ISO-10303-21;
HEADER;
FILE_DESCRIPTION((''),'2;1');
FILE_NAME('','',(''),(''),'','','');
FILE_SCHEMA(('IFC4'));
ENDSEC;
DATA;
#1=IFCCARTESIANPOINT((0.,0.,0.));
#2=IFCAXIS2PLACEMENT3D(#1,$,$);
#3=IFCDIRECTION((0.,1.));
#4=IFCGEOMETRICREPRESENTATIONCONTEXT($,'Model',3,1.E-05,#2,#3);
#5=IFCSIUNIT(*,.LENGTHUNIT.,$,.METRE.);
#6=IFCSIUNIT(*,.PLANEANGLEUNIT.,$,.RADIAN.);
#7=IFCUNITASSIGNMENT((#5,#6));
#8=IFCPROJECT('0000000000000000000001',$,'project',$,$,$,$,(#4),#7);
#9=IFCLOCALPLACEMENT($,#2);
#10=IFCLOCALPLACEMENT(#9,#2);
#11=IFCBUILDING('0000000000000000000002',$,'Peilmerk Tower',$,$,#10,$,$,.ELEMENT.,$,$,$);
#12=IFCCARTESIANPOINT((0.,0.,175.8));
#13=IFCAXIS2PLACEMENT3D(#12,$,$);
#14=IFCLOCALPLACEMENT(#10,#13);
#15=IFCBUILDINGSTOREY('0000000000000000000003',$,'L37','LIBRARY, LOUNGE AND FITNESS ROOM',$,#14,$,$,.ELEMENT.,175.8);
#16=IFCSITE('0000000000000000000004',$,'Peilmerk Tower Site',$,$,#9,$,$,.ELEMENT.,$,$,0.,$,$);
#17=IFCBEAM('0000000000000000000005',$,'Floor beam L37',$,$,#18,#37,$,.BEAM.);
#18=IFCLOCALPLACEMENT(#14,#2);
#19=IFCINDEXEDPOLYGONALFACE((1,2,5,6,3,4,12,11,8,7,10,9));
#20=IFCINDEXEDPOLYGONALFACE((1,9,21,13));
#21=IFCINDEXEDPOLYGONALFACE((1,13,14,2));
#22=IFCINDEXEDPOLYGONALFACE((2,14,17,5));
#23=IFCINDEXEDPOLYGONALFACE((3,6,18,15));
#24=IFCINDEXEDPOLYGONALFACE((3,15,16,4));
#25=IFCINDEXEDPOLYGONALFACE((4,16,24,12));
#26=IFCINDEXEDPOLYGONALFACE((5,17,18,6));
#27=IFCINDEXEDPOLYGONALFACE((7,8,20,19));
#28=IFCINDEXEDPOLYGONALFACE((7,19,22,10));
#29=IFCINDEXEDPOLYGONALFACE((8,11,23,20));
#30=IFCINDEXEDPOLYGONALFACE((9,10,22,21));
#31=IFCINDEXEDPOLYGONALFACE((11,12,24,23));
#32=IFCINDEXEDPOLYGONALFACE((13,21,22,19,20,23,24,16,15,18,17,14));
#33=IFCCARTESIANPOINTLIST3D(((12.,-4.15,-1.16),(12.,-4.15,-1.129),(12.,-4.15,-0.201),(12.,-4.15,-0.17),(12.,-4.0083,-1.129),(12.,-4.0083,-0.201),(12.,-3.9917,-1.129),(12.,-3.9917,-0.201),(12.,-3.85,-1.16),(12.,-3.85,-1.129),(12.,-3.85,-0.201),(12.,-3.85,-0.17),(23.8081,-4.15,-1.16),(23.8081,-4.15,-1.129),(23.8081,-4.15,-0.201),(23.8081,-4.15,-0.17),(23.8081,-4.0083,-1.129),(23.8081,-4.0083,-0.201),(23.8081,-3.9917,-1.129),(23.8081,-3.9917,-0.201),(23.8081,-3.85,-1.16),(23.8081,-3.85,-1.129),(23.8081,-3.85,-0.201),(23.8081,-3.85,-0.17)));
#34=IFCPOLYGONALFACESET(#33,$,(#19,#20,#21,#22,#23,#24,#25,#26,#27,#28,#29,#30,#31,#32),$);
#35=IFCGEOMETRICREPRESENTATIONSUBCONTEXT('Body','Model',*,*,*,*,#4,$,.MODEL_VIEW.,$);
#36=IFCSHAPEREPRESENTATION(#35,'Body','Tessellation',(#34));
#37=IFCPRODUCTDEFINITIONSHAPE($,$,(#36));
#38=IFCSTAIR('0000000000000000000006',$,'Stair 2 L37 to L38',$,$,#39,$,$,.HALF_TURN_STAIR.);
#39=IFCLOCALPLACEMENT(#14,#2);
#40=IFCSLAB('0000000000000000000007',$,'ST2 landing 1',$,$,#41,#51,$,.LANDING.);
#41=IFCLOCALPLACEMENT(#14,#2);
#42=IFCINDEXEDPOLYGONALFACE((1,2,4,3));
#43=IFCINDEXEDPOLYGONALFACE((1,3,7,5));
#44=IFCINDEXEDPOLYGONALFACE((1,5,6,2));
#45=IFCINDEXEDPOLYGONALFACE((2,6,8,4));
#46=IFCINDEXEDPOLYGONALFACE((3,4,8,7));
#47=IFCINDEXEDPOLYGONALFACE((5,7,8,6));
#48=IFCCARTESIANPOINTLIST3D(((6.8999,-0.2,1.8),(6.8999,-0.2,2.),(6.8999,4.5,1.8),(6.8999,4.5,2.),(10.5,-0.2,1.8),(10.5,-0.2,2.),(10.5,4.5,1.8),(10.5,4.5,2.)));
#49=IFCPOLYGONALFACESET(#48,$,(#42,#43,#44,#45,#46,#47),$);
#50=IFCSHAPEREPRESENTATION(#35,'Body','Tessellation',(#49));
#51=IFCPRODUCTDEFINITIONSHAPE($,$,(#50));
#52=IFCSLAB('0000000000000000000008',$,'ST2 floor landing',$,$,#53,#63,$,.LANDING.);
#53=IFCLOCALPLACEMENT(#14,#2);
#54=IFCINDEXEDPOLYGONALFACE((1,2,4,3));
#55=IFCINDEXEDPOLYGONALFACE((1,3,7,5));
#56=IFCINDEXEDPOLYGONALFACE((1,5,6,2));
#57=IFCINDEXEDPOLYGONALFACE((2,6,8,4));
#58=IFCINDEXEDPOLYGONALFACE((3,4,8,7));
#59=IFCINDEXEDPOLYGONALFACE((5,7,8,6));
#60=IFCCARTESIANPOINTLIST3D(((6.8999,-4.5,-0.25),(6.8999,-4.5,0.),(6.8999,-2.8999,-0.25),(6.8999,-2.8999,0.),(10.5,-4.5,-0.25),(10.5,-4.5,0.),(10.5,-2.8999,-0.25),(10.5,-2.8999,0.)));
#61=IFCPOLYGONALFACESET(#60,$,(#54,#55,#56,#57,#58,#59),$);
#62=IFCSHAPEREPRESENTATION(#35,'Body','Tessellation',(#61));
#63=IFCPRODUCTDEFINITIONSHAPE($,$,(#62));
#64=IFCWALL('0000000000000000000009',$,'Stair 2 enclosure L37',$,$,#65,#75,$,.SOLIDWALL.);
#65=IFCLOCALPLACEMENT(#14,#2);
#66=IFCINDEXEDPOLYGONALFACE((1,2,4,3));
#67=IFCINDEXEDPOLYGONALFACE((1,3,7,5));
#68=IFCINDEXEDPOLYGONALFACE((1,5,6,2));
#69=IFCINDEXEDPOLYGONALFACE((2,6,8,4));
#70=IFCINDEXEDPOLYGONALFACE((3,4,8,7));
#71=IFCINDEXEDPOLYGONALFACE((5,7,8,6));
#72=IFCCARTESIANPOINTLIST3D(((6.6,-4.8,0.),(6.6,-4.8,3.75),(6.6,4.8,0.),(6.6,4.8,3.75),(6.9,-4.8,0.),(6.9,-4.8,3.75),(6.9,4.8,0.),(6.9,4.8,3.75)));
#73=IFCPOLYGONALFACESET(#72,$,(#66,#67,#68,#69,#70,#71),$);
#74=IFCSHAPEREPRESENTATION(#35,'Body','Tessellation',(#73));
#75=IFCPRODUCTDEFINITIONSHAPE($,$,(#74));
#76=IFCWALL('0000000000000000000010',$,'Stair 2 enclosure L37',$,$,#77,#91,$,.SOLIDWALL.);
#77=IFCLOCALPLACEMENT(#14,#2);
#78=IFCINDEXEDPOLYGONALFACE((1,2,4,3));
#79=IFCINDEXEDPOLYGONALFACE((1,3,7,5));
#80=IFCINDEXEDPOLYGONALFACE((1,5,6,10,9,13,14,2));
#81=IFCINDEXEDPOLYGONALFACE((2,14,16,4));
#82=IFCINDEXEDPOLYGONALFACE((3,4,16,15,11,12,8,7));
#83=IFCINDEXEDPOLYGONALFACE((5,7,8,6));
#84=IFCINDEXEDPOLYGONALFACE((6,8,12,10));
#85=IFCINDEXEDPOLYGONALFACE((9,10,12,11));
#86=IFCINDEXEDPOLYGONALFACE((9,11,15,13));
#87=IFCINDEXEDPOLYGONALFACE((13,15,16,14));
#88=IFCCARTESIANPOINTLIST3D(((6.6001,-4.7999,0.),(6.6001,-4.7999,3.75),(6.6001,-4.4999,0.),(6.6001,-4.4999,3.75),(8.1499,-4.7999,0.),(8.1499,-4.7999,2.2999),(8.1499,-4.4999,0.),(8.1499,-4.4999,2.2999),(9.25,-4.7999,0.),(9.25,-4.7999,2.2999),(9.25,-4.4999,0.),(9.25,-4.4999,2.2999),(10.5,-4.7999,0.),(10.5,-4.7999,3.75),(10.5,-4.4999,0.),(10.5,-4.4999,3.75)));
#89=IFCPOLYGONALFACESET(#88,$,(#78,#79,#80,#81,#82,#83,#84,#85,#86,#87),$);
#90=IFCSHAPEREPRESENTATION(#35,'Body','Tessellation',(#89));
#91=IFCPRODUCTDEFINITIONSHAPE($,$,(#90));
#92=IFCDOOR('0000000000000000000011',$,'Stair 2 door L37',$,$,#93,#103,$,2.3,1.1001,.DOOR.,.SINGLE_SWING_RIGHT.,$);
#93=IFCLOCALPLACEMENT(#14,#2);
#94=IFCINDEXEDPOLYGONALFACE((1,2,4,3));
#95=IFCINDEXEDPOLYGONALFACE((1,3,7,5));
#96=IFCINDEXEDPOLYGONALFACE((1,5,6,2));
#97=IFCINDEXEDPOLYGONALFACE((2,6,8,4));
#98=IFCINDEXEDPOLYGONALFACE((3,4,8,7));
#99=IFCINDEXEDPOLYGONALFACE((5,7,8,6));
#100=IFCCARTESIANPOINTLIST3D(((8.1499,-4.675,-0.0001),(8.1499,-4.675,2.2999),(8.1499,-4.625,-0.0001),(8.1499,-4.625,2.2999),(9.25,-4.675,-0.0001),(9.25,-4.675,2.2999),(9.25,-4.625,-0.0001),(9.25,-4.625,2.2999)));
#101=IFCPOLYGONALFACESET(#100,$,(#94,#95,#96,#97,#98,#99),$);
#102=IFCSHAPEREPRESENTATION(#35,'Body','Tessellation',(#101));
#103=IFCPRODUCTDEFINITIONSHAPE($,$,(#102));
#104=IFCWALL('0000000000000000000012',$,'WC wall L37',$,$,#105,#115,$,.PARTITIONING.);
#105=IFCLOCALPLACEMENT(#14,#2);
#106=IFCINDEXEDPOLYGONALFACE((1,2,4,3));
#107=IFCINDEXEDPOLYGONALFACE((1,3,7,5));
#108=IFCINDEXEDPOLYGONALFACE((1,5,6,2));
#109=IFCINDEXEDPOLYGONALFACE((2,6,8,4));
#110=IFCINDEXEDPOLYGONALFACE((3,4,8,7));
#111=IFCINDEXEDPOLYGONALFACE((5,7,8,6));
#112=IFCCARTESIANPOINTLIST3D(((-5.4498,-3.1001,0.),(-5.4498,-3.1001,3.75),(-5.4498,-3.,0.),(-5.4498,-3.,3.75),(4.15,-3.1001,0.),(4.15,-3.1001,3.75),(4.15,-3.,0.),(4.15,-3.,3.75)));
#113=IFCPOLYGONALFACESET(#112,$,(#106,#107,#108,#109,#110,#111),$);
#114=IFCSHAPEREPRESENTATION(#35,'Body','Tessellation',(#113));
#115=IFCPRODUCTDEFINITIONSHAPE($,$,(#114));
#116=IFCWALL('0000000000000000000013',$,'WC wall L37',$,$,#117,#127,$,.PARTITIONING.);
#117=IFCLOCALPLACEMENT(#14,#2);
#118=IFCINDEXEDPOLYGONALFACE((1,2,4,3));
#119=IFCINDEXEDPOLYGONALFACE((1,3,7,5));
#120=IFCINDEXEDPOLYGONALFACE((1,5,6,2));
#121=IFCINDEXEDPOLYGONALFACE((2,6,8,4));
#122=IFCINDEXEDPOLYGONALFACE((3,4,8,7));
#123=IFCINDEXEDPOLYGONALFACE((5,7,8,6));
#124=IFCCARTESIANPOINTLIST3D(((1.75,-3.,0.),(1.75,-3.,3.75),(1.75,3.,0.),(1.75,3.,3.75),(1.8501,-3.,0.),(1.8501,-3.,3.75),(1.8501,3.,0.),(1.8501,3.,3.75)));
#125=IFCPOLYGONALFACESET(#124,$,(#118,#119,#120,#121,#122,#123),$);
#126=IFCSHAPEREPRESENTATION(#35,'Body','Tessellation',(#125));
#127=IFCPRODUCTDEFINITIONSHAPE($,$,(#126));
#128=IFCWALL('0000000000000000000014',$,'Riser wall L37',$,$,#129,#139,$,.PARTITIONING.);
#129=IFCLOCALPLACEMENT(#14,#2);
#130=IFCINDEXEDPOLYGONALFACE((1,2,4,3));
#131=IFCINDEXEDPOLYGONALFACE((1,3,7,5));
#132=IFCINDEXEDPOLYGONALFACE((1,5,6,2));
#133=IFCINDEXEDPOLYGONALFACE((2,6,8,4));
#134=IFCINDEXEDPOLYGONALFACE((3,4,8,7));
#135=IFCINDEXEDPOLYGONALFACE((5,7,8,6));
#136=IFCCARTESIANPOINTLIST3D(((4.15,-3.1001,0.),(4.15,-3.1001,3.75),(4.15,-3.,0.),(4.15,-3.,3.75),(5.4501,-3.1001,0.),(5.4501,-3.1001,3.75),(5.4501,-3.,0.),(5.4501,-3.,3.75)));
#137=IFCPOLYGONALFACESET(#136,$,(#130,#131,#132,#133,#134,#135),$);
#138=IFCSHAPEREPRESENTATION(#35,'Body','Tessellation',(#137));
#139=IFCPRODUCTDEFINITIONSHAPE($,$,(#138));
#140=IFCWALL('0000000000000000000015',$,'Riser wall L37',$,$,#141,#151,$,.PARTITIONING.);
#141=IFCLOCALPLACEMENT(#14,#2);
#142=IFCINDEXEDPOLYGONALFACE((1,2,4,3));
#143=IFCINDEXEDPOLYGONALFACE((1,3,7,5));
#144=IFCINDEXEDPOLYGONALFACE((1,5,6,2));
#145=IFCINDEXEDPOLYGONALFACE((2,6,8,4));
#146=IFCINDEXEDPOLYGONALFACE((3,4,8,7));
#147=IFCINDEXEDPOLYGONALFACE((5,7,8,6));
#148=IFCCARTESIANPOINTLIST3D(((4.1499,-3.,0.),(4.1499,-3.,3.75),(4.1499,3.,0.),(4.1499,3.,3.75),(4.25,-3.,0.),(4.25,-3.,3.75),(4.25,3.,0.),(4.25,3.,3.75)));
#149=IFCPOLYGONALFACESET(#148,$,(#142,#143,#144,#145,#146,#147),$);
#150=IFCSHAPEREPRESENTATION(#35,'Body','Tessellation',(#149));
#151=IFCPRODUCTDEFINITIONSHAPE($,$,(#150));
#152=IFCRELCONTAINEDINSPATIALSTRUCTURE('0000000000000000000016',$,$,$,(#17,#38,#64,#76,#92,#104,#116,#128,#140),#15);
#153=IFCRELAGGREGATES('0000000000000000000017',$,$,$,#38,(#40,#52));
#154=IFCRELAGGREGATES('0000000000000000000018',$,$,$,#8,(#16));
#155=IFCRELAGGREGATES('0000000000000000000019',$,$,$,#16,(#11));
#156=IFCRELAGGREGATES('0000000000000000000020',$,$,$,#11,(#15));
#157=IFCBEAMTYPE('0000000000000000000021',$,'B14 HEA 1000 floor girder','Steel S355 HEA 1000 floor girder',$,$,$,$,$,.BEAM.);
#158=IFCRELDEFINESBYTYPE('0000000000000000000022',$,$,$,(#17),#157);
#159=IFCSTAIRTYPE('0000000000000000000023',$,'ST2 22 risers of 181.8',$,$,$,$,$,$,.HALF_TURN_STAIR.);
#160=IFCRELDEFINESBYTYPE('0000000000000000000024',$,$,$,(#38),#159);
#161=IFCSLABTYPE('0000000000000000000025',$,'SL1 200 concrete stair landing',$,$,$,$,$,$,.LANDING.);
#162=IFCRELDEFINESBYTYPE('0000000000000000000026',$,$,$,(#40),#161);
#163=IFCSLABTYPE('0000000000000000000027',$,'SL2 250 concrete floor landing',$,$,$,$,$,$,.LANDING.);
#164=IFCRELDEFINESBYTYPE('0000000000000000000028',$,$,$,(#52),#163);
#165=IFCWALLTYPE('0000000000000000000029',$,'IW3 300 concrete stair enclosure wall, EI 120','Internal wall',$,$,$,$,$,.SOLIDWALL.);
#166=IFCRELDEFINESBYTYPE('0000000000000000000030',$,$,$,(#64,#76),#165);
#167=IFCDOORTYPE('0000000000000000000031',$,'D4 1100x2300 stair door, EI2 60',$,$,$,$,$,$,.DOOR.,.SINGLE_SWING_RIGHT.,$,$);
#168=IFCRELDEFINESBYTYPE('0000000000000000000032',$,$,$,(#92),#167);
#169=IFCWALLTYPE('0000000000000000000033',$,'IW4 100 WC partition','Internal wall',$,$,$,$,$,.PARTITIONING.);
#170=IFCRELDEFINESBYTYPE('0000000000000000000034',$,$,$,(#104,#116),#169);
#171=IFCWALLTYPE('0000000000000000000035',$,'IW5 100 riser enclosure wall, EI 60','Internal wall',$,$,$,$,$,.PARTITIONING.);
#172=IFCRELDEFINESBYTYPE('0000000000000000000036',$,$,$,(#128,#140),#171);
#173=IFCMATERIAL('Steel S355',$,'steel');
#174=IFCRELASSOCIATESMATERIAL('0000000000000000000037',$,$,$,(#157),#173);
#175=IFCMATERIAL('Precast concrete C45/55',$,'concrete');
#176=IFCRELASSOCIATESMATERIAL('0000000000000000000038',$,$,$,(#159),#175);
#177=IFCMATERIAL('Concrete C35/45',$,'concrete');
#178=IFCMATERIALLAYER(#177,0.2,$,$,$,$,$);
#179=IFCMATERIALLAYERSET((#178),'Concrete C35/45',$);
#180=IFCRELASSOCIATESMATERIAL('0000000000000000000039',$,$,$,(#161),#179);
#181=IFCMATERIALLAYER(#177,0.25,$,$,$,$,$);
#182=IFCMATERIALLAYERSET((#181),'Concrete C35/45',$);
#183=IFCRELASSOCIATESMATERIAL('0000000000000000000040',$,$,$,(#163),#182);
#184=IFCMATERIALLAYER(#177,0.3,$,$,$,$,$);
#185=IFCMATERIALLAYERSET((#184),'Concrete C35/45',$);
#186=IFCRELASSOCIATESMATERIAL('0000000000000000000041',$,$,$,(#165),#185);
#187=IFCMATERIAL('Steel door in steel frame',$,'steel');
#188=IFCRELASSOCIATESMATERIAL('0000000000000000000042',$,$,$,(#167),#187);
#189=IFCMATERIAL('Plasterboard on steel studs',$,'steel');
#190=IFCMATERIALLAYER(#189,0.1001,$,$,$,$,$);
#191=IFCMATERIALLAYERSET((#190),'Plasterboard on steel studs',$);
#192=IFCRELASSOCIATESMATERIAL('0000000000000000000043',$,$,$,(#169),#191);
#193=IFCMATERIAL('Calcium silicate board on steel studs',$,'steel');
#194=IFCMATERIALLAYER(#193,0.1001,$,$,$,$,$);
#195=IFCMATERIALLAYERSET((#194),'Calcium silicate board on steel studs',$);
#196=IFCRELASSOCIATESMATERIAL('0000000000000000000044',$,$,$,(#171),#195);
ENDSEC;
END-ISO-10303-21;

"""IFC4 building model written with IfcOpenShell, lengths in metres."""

from ifc_helpers import new_model, si_unit, direction, frame, frame_2d, origin, origin_2d, place, context, subcontext, project, spatial, polyline, rectangle, i_section, outline, extrude, material, layer, layer_set, material_profile, profile_set, type_object, element, fill, aggregate, save


model = new_model("IFC4")

# Units and contexts
model_context = context("Model", 3, precision=1e-05, world=origin(), true_north=direction((0.0, 1.0)))
body_context = subcontext(model_context, "Body", "Model", "MODEL_VIEW")
ifc_project = project(units=[si_unit("LENGTHUNIT", "METRE"), si_unit("PLANEANGLEUNIT", "RADIAN")], contexts=[model_context])

# Site, building, storey
site_placement = place(None, origin())
site = spatial("IfcSite", under=ifc_project, at=site_placement, Name="Peilmerk Tower Site", CompositionType="ELEMENT", RefElevation=0.0)
building_placement = place(site_placement, origin())
building = spatial("IfcBuilding", under=site, at=building_placement, Name="Peilmerk Tower", CompositionType="ELEMENT")
storey_placement = place(building_placement, frame((0.0, 0.0, 175.8)))
storey = spatial("IfcBuildingStorey", under=building, at=storey_placement, Name="L37", Description="LIBRARY, LOUNGE AND FITNESS ROOM", CompositionType="ELEMENT", Elevation=175.8)

# Beam
ifc_material_1 = material(Name="Steel S355", Category="steel")
ifc_material_profile = material_profile(ifc_material_1, i_section(OverallWidth=0.3, OverallDepth=0.99, WebThickness=0.0166, FlangeThickness=0.031, at=origin_2d()), Name="HEA 1000")
ifc_profile_set = profile_set([ifc_material_profile], Name="Steel S355")
beam_type = type_object("IfcBeamType", Name="B14 HEA 1000 floor girder", Description="Steel S355 HEA 1000 floor girder", PredefinedType="BEAM", material=ifc_profile_set)
beam_placement = place(storey_placement, frame((12.0, -4.0, -0.665), z_axis=(1.0, 0.0, 0.0), x_axis=(0.0, 1.0, 0.0)))
element("IfcBeam", 1, at=beam_placement, inside=storey, type_object=beam_type, Name="Floor beam L37", PredefinedType="BEAM", context=body_context, shape_type="SweptSolid", body=[
    extrude(i_section(OverallWidth=0.3, OverallDepth=0.99, WebThickness=0.0166, FlangeThickness=0.031, at=origin_2d()), origin(), (0.0, 0.0, 1.0), 11.8081),
])

# Stair, slabs
ifc_material_2 = material(Name="Precast concrete C45/55", Category="concrete")
stair_type = type_object("IfcStairType", Name="ST2 22 risers of 181.8", PredefinedType="HALF_TURN_STAIR", material=ifc_material_2)
stair_placement = place(storey_placement, origin())
stair = element("IfcStair", 2, at=stair_placement, inside=storey, type_object=stair_type, Name="Stair 2 L37 to L38", PredefinedType="HALF_TURN_STAIR")
ifc_material_3 = material(Name="Concrete C35/45", Category="concrete")
ifc_layer_1 = layer(ifc_material_3, 0.2)
ifc_layer_set_1 = layer_set([ifc_layer_1], Name="Concrete C35/45")
slab_type_1 = type_object("IfcSlabType", Name="SL1 200 concrete stair landing", PredefinedType="LANDING", material=ifc_layer_set_1)
slab_1_placement = place(storey_placement, frame((0.0, 0.0, 1.8)))
slab_1 = element("IfcSlab", 3, at=slab_1_placement, type_object=slab_type_1, Name="ST2 landing 1", PredefinedType="LANDING", context=body_context, shape_type="SweptSolid", body=[
    extrude(outline(polyline([(6.8999, -0.2), (10.5, -0.2), (10.5, 4.5), (6.8999, 4.5), (6.8999, -0.2)])), origin(), (0.0, 0.0, 1.0), 0.2),
])
ifc_layer_2 = layer(ifc_material_3, 0.25)
ifc_layer_set_2 = layer_set([ifc_layer_2], Name="Concrete C35/45")
slab_type_2 = type_object("IfcSlabType", Name="SL2 250 concrete floor landing", PredefinedType="LANDING", material=ifc_layer_set_2)
slab_2_placement = place(storey_placement, frame((0.0, 0.0, -0.25)))
slab_2 = element("IfcSlab", 4, at=slab_2_placement, type_object=slab_type_2, Name="ST2 floor landing", PredefinedType="LANDING", context=body_context, shape_type="SweptSolid", body=[
    extrude(outline(polyline([(6.8999, -4.5), (10.5, -4.5), (10.5, -2.8999), (6.8999, -2.8999), (6.8999, -4.5)])), origin(), (0.0, 0.0, 1.0), 0.25),
])

# Wall
ifc_layer_3 = layer(ifc_material_3, 0.3)
ifc_layer_set_3 = layer_set([ifc_layer_3], Name="Concrete C35/45")
wall_type_1 = type_object("IfcWallType", Name="IW3 300 concrete stair enclosure wall, EI 120", Description="Internal wall", PredefinedType="SOLIDWALL", material=ifc_layer_set_3)
wall_1_placement = place(storey_placement, frame((6.75, -4.8, 0.0), z_axis=(0.0, 0.0, 1.0), x_axis=(0.0, 1.0, 0.0)))
element("IfcWall", 5, at=wall_1_placement, inside=storey, type_object=wall_type_1, Name="Stair 2 enclosure L37", PredefinedType="SOLIDWALL", context=body_context, shape_type="SweptSolid", body=[
    extrude(rectangle(XDim=9.6001, YDim=0.3, at=frame_2d((4.8, 0.0))), origin(), (0.0, 0.0, 1.0), 3.75),
])

# Wall, opening, door
wall_2_placement = place(storey_placement, frame((10.5, -4.6499, 0.0), z_axis=(0.0, 0.0, 1.0), x_axis=(-1.0, 0.0, 0.0)))
wall_2 = element("IfcWall", 6, at=wall_2_placement, inside=storey, type_object=wall_type_1, Name="Stair 2 enclosure L37", PredefinedType="SOLIDWALL", context=body_context, shape_type="SweptSolid", body=[
    extrude(rectangle(XDim=3.8999, YDim=0.3, at=frame_2d((1.95, 0.0))), origin(), (0.0, 0.0, 1.0), 3.75),
])
opening_1_placement = place(wall_2_placement, frame((1.25, 0.0, 0.0)))
opening_1 = element("IfcOpeningElement", 7, at=opening_1_placement, cuts=wall_2, PredefinedType="OPENING", context=body_context, shape_type="SweptSolid", body=[
    extrude(rectangle(XDim=1.1001, YDim=2.3, at=frame_2d((0.55, 1.1499))), frame((0.0, 0.1599, 0.0), z_axis=(0.0, -1.0, 0.0), x_axis=(1.0, 0.0, 0.0)), (0.0, 0.0, 1.0), 0.3201),
])
ifc_material_4 = material(Name="Steel door in steel frame", Category="steel")
door_type_1 = type_object("IfcDoorType", Name="D4 1100x2300 stair door, EI2 60", OperationType="SINGLE_SWING_RIGHT", PredefinedType="DOOR", material=ifc_material_4)
door_1_placement = place(opening_1_placement, frame((1.1001, 0.0, 0.0), z_axis=(0.0, 0.0, 1.0), x_axis=(-1.0, 0.0, 0.0)))
door_1 = element("IfcDoor", 8, at=door_1_placement, inside=storey, type_object=door_type_1, Name="Stair 2 door L37", OperationType="SINGLE_SWING_RIGHT", OverallHeight=2.3, OverallWidth=1.1001, PredefinedType="DOOR", context=body_context, shape_type="SweptSolid", body=[
    extrude(rectangle(XDim=1.1001, YDim=2.3, at=frame_2d((0.55, 1.1499))), frame((0.0, 0.0249, 0.0), z_axis=(0.0, -1.0, 0.0), x_axis=(1.0, 0.0, 0.0)), (0.0, 0.0, 1.0), 0.05),
])
fill(opening_1, door_1)

# Walls
ifc_material_5 = material(Name="Plasterboard on steel studs", Category="steel")
ifc_layer_4 = layer(ifc_material_5, 0.1001)
ifc_layer_set_4 = layer_set([ifc_layer_4], Name="Plasterboard on steel studs")
wall_type_2 = type_object("IfcWallType", Name="IW4 100 WC partition", Description="Internal wall", PredefinedType="PARTITIONING", material=ifc_layer_set_4)
wall_3_placement = place(storey_placement, frame((4.1499, -3.05, 0.0), z_axis=(0.0, 0.0, 1.0), x_axis=(-1.0, 0.0, 0.0)))
element("IfcWall", 9, at=wall_3_placement, inside=storey, type_object=wall_type_2, Name="WC wall L37", PredefinedType="PARTITIONING", context=body_context, shape_type="SweptSolid", body=[
    extrude(rectangle(XDim=9.5999, YDim=0.1001, at=frame_2d((4.7998, 0.0))), origin(), (0.0, 0.0, 1.0), 3.75),
])
wall_4_placement = place(storey_placement, frame((1.8, -3.0, 0.0), z_axis=(0.0, 0.0, 1.0), x_axis=(0.0, 1.0, 0.0)))
element("IfcWall", 10, at=wall_4_placement, inside=storey, type_object=wall_type_2, Name="WC wall L37", PredefinedType="PARTITIONING", context=body_context, shape_type="SweptSolid", body=[
    extrude(rectangle(XDim=6.0, YDim=0.1001, at=frame_2d((3.0, 0.0))), origin(), (0.0, 0.0, 1.0), 3.75),
])
ifc_material_6 = material(Name="Calcium silicate board on steel studs", Category="steel")
ifc_layer_5 = layer(ifc_material_6, 0.1001)
ifc_layer_set_5 = layer_set([ifc_layer_5], Name="Calcium silicate board on steel studs")
wall_type_3 = type_object("IfcWallType", Name="IW5 100 riser enclosure wall, EI 60", Description="Internal wall", PredefinedType="PARTITIONING", material=ifc_layer_set_5)
wall_5_placement = place(storey_placement, frame((5.45, -3.05, 0.0), z_axis=(0.0, 0.0, 1.0), x_axis=(-1.0, 0.0, 0.0)))
element("IfcWall", 11, at=wall_5_placement, inside=storey, type_object=wall_type_3, Name="Riser wall L37", PredefinedType="PARTITIONING", context=body_context, shape_type="SweptSolid", body=[
    extrude(rectangle(XDim=1.3, YDim=0.1001, at=frame_2d((0.6499, 0.0))), origin(), (0.0, 0.0, 1.0), 3.75),
])
wall_6_placement = place(storey_placement, frame((4.2, -3.0, 0.0), z_axis=(0.0, 0.0, 1.0), x_axis=(0.0, 1.0, 0.0)))
element("IfcWall", 12, at=wall_6_placement, inside=storey, type_object=wall_type_3, Name="Riser wall L37", PredefinedType="PARTITIONING", context=body_context, shape_type="SweptSolid", body=[
    extrude(rectangle(XDim=6.0, YDim=0.1001, at=frame_2d((3.0, 0.0))), origin(), (0.0, 0.0, 1.0), 3.75),
])

aggregate(stair, [slab_1, slab_2])

save(model, "model.ifc")
